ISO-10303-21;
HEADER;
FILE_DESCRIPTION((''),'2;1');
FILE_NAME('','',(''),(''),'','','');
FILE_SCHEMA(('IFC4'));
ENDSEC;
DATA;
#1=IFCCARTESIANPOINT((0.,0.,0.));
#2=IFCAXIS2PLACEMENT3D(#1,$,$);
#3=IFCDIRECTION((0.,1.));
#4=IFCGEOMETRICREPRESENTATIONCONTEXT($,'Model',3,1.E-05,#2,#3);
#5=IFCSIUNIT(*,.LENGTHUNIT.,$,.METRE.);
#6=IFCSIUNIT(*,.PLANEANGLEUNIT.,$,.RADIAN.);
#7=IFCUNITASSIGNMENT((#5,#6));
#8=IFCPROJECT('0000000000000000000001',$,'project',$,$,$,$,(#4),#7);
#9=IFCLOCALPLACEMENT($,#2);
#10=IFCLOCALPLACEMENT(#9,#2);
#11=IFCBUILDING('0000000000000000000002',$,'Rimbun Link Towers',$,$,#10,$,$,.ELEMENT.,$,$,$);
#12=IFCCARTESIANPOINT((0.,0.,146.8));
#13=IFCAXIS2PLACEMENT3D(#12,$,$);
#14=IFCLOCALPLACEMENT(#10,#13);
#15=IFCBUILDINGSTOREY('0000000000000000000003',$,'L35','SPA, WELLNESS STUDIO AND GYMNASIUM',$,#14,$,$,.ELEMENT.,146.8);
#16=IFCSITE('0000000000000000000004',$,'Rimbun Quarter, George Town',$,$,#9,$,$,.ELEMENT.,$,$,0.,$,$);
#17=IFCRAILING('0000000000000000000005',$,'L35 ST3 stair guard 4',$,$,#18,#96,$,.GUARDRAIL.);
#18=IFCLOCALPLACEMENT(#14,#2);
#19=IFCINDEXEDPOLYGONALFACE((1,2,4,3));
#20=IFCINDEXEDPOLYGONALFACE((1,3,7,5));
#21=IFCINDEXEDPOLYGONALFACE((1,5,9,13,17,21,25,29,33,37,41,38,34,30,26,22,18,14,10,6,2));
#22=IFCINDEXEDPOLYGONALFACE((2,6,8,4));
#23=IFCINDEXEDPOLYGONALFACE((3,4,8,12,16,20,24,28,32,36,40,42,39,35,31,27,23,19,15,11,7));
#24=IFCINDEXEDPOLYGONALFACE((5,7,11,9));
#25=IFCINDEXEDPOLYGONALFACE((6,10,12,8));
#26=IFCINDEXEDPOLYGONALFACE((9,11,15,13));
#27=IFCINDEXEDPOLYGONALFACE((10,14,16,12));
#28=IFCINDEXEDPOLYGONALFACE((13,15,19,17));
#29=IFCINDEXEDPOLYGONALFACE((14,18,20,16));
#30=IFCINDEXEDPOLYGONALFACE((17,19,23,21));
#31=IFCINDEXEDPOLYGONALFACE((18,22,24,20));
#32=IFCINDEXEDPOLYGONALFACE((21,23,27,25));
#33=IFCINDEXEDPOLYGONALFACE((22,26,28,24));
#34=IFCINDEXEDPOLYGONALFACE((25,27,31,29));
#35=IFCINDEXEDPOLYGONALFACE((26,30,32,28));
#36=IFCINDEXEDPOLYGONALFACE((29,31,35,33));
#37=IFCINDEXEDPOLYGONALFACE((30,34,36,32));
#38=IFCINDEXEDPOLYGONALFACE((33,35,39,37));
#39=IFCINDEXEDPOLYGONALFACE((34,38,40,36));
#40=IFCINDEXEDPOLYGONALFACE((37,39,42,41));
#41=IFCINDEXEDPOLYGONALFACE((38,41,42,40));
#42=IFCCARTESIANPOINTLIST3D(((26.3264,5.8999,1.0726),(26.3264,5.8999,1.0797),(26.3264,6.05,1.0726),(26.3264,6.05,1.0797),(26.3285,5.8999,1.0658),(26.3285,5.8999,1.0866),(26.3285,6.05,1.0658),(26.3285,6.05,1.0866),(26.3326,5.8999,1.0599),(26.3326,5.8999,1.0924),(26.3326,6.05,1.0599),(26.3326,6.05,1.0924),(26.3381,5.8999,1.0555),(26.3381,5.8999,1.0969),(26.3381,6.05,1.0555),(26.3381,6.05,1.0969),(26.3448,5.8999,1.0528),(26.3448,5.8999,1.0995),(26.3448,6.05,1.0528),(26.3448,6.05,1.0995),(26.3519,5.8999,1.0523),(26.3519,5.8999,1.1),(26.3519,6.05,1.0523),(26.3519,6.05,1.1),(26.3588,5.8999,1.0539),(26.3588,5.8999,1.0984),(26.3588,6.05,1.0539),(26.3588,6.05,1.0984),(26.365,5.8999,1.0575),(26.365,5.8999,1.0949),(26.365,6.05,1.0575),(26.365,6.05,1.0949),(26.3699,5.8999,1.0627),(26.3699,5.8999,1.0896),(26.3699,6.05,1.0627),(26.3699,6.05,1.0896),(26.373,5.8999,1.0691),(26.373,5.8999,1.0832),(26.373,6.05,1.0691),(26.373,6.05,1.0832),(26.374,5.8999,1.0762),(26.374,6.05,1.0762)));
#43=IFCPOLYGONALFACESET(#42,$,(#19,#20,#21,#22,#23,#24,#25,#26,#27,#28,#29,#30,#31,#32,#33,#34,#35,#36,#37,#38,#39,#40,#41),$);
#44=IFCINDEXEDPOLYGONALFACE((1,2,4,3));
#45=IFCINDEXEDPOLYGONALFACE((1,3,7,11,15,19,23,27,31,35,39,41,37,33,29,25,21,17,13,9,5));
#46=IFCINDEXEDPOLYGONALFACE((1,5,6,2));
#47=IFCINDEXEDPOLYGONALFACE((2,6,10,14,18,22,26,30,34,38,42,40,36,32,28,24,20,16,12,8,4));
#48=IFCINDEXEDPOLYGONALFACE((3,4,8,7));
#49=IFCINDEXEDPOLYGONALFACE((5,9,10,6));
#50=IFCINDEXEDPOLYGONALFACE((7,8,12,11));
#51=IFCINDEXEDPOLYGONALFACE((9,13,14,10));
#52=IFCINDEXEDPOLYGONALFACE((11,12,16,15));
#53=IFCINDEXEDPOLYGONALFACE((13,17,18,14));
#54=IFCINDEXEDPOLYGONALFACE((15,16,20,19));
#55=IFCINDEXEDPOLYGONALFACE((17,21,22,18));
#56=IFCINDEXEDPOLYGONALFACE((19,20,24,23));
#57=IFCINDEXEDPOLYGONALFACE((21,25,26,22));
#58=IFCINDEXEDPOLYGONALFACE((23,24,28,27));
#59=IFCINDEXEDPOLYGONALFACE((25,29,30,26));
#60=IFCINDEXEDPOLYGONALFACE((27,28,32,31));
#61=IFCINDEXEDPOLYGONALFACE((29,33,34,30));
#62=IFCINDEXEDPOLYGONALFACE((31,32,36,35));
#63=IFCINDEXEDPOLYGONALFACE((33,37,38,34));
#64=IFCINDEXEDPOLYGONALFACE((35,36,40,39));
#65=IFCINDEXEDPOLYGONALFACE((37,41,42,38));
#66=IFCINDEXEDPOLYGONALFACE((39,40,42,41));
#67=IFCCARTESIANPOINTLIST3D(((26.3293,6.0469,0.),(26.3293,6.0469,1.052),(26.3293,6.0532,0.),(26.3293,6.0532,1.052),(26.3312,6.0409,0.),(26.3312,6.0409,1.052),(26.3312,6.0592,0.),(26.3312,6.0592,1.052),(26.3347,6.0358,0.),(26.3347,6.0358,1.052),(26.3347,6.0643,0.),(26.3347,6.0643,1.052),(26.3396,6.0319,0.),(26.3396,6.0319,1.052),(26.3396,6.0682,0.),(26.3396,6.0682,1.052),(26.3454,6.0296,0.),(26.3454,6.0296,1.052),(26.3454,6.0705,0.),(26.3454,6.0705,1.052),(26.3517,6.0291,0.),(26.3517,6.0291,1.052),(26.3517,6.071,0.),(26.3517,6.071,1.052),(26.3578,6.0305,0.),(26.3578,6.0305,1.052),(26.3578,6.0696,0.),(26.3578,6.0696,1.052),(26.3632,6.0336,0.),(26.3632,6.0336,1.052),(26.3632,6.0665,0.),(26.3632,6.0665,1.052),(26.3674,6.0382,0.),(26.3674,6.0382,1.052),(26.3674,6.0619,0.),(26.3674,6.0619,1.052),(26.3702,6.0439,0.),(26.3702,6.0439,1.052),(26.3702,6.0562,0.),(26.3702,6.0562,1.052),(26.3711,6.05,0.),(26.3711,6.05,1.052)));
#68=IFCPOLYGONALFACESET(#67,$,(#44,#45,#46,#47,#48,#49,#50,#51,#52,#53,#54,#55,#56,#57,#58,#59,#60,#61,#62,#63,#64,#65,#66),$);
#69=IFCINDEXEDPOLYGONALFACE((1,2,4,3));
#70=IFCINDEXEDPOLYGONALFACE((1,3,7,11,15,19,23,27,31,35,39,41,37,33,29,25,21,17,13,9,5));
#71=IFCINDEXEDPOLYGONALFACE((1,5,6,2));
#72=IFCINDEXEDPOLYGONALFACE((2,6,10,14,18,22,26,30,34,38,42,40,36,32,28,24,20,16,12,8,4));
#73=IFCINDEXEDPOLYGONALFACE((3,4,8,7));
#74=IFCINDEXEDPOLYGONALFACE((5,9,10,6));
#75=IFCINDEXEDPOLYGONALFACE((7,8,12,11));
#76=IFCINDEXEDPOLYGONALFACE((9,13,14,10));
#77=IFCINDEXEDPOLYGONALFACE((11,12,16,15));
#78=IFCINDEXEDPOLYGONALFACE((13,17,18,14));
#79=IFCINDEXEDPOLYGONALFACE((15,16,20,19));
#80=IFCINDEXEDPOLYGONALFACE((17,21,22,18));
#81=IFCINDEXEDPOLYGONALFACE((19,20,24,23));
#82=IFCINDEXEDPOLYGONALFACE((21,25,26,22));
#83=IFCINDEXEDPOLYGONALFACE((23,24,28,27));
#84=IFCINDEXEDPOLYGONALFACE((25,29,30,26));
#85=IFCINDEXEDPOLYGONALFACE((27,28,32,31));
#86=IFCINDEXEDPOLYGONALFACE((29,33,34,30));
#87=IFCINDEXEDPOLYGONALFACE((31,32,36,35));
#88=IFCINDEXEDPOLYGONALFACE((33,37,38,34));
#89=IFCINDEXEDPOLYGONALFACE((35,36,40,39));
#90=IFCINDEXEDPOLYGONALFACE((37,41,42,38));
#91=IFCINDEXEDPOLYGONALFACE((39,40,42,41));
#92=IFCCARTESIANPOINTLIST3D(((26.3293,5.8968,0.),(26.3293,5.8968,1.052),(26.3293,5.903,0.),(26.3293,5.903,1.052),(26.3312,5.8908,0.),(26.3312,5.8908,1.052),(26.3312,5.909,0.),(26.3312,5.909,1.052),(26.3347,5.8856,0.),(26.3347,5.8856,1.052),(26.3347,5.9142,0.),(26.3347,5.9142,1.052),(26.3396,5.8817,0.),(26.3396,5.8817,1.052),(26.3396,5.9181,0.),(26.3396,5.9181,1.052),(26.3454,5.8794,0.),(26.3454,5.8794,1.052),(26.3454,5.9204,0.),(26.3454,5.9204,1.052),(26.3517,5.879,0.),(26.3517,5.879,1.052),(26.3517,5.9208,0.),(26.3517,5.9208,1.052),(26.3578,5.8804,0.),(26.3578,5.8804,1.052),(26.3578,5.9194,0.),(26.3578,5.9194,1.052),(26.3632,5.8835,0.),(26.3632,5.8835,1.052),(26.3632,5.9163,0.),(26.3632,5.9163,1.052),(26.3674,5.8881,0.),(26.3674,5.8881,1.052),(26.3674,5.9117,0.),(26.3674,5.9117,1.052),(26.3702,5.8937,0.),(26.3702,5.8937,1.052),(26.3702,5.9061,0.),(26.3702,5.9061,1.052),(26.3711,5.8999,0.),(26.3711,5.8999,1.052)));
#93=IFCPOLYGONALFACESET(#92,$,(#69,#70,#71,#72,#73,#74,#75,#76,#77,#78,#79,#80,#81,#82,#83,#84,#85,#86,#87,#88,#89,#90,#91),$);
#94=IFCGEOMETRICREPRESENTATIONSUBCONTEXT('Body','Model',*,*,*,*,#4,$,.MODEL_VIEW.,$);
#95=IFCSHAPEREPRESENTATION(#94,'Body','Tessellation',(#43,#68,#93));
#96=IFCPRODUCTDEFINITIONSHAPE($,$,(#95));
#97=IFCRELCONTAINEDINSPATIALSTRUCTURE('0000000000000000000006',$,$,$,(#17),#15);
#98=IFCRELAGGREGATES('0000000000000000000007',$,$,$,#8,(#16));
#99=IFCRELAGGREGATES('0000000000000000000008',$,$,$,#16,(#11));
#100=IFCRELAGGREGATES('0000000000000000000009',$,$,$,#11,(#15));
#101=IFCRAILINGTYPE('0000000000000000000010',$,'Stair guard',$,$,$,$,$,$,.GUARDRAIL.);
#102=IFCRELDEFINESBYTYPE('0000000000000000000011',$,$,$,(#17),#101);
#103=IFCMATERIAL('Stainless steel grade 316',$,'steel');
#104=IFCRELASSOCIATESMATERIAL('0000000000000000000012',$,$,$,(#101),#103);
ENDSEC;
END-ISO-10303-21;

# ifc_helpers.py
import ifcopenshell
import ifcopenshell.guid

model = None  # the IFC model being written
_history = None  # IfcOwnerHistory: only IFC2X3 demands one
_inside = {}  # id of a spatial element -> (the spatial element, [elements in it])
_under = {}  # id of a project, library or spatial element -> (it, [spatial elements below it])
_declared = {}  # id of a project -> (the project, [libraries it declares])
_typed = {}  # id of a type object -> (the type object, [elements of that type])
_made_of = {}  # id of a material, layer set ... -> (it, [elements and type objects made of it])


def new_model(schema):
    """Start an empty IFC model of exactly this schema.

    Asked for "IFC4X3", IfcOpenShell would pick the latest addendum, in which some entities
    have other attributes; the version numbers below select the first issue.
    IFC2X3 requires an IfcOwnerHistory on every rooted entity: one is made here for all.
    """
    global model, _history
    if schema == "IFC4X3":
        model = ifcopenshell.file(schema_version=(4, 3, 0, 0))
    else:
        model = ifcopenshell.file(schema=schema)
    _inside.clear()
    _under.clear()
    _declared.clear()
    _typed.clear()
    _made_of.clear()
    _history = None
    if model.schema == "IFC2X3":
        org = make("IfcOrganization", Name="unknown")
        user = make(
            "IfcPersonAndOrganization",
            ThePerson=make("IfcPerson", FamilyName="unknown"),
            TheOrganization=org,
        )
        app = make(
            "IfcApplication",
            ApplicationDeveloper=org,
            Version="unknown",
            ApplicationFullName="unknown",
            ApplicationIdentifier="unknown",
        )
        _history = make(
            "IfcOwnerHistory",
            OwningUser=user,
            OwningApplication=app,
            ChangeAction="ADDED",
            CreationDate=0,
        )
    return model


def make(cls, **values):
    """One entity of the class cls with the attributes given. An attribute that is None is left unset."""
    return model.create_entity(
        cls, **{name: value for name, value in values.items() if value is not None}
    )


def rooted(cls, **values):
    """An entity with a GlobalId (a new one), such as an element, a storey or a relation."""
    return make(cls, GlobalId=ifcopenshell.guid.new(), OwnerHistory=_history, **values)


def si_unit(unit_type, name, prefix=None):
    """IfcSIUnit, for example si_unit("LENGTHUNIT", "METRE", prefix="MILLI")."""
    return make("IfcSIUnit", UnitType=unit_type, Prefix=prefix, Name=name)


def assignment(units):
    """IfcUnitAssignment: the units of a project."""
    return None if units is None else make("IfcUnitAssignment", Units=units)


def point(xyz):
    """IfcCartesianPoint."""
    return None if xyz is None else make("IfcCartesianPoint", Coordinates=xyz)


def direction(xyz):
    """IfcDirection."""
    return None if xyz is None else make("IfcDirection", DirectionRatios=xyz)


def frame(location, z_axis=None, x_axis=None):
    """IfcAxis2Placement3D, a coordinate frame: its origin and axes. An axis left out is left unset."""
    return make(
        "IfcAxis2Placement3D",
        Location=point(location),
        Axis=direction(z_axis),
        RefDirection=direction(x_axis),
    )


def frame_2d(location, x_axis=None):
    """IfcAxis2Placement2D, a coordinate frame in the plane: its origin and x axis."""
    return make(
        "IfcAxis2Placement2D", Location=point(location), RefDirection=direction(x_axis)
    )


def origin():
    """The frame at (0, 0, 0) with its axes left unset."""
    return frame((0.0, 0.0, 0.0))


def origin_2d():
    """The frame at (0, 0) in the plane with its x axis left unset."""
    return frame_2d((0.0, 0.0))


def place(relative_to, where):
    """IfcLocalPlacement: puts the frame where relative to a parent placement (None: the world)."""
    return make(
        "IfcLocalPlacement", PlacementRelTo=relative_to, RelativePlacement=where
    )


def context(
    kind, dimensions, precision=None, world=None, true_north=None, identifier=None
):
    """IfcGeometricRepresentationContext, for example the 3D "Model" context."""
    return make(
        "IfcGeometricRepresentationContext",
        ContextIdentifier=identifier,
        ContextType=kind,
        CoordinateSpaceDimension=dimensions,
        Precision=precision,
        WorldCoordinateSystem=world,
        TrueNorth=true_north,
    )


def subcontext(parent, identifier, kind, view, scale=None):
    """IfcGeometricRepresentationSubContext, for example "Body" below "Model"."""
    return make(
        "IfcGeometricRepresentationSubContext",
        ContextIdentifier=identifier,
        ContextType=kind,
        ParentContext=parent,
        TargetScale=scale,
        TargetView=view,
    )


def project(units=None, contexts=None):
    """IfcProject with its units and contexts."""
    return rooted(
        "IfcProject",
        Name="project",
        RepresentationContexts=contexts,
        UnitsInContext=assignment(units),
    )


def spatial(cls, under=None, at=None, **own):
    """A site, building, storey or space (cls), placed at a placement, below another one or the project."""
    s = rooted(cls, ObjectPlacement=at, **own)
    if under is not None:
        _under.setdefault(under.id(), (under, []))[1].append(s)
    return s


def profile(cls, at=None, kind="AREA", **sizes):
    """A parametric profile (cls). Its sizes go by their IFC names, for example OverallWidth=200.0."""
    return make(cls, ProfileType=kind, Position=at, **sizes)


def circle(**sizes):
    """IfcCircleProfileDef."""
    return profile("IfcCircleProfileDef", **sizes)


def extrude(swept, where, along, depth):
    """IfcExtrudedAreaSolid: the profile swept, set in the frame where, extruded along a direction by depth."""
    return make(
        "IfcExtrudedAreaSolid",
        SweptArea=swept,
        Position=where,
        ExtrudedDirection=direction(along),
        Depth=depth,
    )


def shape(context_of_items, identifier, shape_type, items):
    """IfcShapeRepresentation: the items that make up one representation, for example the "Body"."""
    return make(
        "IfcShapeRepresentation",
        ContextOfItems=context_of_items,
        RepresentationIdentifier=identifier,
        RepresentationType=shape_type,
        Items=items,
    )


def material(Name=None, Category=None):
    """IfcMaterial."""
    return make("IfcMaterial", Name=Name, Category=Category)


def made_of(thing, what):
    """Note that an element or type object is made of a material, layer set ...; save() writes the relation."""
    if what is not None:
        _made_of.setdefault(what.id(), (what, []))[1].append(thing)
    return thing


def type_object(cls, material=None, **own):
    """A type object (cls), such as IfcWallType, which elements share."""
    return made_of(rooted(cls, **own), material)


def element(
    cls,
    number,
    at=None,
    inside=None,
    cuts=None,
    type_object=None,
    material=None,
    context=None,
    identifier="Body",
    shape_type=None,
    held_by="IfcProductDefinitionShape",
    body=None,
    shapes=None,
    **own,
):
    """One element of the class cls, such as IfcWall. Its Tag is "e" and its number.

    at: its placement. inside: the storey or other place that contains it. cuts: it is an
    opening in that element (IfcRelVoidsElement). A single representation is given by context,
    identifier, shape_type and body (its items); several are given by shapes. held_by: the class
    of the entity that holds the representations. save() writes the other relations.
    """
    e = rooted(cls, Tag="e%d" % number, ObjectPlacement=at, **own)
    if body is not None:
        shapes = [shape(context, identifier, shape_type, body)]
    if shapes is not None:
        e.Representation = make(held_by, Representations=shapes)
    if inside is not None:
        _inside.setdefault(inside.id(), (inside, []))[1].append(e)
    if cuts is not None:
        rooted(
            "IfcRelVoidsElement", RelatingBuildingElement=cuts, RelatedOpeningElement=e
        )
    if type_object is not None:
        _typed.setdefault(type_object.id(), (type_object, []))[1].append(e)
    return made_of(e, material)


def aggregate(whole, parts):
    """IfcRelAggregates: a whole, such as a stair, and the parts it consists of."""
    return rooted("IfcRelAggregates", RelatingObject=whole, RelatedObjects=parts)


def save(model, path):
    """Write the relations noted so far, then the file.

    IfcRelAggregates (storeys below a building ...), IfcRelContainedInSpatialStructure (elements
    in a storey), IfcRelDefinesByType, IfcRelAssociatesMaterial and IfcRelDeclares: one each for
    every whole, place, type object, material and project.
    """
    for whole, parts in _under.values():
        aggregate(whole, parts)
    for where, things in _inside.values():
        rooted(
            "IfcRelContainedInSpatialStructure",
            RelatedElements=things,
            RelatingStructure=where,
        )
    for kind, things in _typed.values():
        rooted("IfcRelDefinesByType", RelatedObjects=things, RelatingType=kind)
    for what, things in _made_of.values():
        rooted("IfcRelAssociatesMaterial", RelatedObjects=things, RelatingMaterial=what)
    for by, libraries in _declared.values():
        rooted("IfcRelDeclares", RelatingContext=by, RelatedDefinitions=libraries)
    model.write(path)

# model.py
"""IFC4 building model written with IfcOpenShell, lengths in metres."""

from ifc_helpers import new_model, si_unit, direction, frame, origin, origin_2d, place, context, subcontext, project, spatial, circle, extrude, material, type_object, element, save


model = new_model("IFC4")

# Units and contexts
model_context = context("Model", 3, precision=1e-05, world=origin(), true_north=direction((0.0, 1.0)))
body_context = subcontext(model_context, "Body", "Model", "MODEL_VIEW")
ifc_project = project(units=[si_unit("LENGTHUNIT", "METRE"), si_unit("PLANEANGLEUNIT", "RADIAN")], contexts=[model_context])

# Site, building, storey
site_placement = place(None, origin())
site = spatial("IfcSite", under=ifc_project, at=site_placement, Name="Rimbun Quarter, George Town", CompositionType="ELEMENT", RefElevation=0.0)
building_placement = place(site_placement, origin())
building = spatial("IfcBuilding", under=site, at=building_placement, Name="Rimbun Link Towers", CompositionType="ELEMENT")
storey_placement = place(building_placement, frame((0.0, 0.0, 146.8)))
storey = spatial("IfcBuildingStorey", under=building, at=storey_placement, Name="L35", Description="SPA, WELLNESS STUDIO AND GYMNASIUM", CompositionType="ELEMENT", Elevation=146.8)

# Railing
ifc_material_1 = material(Name="Stainless steel grade 316", Category="steel")
railing_type_1 = type_object("IfcRailingType", Name="Stair guard", PredefinedType="GUARDRAIL", material=ifc_material_1)
railing_1_placement = place(storey_placement, frame((26.3501, 6.05, 0.0)))
element("IfcRailing", 1, at=railing_1_placement, inside=storey, type_object=railing_type_1, Name="L35 ST3 stair guard 4", PredefinedType="GUARDRAIL", context=body_context, shape_type="SweptSolid", body=[
    extrude(circle(Radius=0.0239, at=origin_2d()), frame((0.0, 0.0, 1.0762), z_axis=(0.0, -1.0, 0.0), x_axis=(1.0, 0.0, 0.0)), (0.0, 0.0, 1.0), 0.1501),
    extrude(circle(Radius=0.021, at=origin_2d()), origin(), (0.0, 0.0, 1.0), 1.052),
    extrude(circle(Radius=0.021, at=origin_2d()), frame((0.0, -0.1501, 0.0)), (0.0, 0.0, 1.0), 1.052),
])

save(model, "model.ifc")
